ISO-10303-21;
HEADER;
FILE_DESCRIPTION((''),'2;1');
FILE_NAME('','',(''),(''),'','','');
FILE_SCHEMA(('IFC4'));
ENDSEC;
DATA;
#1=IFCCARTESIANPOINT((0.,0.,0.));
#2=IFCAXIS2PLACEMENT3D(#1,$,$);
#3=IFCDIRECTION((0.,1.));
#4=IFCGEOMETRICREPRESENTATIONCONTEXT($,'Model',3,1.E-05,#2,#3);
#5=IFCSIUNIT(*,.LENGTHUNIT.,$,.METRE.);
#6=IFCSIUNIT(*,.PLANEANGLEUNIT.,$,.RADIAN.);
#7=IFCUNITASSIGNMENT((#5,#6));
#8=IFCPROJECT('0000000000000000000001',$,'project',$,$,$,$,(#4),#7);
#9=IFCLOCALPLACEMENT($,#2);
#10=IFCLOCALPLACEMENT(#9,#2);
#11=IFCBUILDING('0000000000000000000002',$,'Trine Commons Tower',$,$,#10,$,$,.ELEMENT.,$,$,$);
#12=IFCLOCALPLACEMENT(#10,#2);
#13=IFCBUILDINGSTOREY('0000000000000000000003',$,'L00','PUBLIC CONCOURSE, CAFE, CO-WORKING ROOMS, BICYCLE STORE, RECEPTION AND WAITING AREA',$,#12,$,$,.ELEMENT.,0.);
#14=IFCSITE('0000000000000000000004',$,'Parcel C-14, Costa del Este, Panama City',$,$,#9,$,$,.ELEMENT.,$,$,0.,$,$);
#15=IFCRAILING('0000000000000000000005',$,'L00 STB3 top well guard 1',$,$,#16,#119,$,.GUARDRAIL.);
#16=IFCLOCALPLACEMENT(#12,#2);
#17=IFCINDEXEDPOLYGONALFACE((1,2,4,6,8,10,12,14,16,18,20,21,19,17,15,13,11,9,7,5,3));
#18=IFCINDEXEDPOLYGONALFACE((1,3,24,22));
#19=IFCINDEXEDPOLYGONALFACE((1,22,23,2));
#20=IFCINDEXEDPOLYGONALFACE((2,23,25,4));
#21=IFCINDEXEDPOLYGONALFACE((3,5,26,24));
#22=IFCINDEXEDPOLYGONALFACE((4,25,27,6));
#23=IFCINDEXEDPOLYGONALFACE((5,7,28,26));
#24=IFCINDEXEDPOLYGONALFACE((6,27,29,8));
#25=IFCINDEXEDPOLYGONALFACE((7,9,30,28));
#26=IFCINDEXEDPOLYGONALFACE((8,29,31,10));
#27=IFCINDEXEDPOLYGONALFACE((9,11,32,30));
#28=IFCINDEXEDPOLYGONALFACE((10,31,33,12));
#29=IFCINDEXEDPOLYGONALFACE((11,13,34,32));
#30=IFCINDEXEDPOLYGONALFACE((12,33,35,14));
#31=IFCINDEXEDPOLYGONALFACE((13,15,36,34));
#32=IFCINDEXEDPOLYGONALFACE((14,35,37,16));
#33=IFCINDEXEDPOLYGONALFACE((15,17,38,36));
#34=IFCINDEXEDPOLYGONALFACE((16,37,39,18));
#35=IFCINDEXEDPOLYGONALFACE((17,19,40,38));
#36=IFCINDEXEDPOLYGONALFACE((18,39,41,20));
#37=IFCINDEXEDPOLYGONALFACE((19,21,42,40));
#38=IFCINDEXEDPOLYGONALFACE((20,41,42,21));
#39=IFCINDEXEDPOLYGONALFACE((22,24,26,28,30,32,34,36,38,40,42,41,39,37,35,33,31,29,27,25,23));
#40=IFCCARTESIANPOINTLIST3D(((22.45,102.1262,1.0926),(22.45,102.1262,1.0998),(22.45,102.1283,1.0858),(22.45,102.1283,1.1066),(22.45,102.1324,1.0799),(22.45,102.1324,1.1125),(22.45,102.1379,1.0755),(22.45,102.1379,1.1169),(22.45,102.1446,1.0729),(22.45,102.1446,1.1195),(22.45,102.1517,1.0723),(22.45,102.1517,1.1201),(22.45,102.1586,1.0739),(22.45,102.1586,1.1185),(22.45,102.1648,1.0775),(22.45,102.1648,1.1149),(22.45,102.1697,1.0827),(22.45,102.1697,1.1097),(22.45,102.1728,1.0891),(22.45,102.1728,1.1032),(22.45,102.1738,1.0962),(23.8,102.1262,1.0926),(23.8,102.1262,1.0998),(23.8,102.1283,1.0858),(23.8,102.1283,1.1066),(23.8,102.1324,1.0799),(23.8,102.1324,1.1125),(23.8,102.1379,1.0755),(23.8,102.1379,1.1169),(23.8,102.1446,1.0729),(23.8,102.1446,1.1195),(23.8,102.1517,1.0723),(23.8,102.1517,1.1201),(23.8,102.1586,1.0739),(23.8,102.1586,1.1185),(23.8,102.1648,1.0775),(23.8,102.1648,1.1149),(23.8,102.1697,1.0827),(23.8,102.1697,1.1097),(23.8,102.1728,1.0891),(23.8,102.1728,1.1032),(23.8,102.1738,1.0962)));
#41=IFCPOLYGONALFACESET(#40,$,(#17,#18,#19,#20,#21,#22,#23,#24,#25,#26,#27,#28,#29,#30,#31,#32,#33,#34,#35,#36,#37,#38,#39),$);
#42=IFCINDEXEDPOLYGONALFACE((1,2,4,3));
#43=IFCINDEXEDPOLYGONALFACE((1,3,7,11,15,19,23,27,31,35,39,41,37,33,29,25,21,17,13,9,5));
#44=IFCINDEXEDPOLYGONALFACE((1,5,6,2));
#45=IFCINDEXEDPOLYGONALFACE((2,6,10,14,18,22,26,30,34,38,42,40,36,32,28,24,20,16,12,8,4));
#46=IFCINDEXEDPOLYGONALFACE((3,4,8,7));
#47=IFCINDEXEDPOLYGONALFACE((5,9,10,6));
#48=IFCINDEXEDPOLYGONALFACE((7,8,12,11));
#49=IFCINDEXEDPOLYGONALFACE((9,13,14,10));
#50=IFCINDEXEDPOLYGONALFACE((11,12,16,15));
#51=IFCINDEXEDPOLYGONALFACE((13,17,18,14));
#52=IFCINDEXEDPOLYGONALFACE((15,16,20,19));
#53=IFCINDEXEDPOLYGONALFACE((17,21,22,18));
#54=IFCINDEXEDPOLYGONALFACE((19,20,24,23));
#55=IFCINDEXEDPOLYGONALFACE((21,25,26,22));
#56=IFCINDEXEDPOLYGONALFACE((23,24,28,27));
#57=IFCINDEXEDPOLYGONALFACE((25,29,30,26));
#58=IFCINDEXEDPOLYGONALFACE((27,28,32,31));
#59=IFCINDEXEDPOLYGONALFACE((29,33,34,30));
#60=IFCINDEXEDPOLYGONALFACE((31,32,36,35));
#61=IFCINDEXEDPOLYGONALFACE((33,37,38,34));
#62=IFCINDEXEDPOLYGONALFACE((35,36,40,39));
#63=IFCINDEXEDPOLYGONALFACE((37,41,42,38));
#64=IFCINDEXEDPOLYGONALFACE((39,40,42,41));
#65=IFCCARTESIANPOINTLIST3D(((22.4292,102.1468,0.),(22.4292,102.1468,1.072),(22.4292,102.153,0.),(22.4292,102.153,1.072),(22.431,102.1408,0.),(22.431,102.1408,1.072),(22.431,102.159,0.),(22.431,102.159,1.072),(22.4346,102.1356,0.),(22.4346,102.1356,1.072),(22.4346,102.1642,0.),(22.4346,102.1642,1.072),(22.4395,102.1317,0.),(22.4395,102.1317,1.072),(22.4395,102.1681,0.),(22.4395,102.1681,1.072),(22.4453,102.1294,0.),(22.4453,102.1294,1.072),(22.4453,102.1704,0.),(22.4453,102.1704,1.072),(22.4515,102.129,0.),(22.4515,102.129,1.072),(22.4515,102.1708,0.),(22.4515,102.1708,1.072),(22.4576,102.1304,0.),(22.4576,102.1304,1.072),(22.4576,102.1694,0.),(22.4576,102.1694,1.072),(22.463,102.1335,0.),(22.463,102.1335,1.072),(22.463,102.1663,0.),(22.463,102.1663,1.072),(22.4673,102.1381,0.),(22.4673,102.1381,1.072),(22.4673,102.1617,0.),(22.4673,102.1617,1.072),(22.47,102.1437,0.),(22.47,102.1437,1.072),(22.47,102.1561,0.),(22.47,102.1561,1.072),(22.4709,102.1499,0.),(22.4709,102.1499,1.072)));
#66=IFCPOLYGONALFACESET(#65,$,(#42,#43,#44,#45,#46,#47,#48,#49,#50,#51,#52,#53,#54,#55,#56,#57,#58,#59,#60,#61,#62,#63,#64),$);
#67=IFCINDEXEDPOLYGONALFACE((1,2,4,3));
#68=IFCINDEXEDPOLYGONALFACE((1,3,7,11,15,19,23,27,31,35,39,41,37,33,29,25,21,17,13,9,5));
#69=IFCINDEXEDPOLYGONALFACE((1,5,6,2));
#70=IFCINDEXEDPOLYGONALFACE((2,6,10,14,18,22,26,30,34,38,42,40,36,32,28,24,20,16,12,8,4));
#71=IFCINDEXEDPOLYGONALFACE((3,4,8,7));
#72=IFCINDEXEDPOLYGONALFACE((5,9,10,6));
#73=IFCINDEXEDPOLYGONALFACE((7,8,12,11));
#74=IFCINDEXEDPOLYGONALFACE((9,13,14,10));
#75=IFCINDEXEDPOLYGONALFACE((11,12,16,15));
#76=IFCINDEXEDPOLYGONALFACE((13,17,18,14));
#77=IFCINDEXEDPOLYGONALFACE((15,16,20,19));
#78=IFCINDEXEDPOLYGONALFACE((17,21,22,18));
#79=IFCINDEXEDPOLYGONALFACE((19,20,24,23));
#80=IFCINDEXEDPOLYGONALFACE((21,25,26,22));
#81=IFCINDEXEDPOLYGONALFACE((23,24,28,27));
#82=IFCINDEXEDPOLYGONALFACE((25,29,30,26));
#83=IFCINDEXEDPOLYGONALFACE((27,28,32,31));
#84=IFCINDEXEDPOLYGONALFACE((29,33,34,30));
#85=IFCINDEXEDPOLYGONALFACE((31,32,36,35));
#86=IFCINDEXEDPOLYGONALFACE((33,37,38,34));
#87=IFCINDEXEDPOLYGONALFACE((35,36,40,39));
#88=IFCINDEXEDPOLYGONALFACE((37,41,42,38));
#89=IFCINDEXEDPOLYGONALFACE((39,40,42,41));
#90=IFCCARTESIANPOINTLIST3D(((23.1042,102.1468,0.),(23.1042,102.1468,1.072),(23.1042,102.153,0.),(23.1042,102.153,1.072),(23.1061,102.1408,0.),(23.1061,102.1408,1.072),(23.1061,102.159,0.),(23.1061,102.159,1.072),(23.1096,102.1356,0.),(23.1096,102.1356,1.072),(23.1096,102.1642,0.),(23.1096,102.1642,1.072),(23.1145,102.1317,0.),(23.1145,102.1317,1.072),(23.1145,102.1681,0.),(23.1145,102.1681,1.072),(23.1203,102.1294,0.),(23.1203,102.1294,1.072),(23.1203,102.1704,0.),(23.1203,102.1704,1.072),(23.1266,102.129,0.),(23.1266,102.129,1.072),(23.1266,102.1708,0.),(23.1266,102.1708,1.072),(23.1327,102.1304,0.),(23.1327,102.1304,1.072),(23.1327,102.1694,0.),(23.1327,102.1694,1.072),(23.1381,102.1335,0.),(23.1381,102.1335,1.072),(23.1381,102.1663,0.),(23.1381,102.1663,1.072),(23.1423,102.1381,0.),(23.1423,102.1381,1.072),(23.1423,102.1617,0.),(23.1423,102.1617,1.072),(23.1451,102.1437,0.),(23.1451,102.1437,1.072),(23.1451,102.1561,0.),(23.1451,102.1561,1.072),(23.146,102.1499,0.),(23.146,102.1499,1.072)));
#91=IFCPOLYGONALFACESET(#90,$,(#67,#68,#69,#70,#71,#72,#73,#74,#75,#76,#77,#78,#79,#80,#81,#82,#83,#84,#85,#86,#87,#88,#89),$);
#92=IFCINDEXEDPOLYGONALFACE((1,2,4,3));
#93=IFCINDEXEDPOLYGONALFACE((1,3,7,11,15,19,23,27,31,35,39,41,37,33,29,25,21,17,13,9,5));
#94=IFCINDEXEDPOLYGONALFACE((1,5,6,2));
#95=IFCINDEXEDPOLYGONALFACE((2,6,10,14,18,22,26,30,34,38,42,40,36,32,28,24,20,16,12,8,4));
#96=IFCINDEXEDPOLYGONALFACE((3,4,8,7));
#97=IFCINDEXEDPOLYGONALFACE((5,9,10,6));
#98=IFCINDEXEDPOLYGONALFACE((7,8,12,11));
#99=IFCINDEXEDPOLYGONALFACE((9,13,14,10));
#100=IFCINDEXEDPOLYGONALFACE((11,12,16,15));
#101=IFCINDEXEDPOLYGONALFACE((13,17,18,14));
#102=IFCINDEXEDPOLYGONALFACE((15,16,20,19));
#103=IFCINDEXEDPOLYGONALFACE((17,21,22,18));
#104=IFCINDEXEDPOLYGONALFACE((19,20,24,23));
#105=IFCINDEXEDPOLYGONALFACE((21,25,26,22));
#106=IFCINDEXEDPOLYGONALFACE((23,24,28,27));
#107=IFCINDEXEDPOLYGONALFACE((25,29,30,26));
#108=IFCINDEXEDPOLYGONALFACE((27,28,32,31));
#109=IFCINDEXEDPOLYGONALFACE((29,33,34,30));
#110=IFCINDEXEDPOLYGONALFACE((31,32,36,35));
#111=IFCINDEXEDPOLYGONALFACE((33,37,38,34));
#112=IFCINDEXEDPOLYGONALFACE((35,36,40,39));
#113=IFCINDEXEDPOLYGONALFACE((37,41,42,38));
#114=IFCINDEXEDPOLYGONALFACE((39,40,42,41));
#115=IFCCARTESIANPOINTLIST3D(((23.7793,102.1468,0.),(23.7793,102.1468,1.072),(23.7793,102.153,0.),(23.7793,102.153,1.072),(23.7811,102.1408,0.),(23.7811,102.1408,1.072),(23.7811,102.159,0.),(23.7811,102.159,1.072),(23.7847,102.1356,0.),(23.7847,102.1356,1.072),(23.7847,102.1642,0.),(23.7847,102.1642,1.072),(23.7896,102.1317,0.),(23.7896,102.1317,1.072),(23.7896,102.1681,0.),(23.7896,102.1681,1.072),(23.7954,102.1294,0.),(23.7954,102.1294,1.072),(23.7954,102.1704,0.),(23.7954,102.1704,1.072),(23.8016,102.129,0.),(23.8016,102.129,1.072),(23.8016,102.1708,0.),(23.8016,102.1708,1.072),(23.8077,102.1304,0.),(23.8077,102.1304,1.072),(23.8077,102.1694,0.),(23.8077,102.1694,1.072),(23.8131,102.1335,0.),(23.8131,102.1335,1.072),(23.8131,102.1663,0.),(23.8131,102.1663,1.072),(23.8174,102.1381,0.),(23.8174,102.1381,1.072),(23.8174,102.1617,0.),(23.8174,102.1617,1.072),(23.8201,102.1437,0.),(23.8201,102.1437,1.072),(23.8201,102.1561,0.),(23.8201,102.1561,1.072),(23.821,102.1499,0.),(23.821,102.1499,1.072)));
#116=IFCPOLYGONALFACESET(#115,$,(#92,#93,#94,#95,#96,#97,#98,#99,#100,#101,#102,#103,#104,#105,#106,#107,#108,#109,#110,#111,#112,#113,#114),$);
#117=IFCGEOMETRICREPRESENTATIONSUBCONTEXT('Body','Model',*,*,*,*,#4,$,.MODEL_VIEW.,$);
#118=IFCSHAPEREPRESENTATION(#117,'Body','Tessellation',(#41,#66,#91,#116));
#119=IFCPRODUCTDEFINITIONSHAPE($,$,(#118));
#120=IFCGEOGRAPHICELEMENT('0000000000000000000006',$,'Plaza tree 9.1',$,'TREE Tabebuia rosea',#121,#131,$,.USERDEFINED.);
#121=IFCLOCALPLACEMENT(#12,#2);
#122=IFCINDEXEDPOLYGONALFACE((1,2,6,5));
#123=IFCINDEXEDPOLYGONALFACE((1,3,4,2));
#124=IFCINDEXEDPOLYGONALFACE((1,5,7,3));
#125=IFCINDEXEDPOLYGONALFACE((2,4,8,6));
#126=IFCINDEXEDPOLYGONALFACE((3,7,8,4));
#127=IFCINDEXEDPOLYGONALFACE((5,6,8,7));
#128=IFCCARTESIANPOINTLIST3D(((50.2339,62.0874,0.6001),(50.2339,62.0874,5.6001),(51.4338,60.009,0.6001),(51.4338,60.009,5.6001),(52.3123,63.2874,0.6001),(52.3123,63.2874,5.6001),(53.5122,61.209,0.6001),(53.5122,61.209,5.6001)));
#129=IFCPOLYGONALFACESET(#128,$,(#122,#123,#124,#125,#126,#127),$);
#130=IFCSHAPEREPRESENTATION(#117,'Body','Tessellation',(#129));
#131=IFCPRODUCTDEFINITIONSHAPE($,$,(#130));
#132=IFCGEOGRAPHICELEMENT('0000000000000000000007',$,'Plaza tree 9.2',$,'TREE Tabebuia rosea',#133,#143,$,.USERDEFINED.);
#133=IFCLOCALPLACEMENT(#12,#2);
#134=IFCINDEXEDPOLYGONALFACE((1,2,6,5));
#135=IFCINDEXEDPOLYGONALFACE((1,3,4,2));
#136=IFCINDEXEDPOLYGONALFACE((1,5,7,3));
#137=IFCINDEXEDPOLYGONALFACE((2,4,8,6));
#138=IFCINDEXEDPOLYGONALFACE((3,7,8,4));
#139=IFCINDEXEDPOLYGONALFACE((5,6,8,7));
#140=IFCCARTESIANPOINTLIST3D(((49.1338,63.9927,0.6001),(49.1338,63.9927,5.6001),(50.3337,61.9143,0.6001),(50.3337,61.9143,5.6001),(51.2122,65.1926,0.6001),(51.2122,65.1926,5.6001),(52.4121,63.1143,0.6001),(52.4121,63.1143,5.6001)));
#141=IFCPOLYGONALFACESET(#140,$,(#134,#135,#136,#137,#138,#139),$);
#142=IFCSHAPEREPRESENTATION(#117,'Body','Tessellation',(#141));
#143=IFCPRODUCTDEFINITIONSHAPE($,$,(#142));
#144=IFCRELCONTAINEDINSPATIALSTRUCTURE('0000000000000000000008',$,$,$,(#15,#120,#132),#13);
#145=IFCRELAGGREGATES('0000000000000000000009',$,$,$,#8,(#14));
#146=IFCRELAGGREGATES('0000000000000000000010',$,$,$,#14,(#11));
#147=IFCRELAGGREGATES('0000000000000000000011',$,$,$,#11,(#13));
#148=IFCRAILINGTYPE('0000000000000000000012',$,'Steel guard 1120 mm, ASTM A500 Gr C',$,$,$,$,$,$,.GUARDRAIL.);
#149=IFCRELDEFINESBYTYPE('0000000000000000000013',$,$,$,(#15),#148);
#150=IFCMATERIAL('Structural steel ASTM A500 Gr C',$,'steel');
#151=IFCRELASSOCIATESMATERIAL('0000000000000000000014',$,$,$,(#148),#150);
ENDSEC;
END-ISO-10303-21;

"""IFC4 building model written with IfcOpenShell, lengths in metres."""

from ifc_helpers import new_model, si_unit, direction, frame, origin, origin_2d, place, context, subcontext, project, spatial, rectangle, circle, extrude, material, type_object, element, save


model = new_model("IFC4")

# Units and contexts
model_context = context("Model", 3, precision=1e-05, world=origin(), true_north=direction((0.0, 1.0)))
body_context = subcontext(model_context, "Body", "Model", "MODEL_VIEW")
ifc_project = project(units=[si_unit("LENGTHUNIT", "METRE"), si_unit("PLANEANGLEUNIT", "RADIAN")], contexts=[model_context])

# Site, building, storey
site_placement = place(None, origin())
site = spatial("IfcSite", under=ifc_project, at=site_placement, Name="Parcel C-14, Costa del Este, Panama City", CompositionType="ELEMENT", RefElevation=0.0)
building_placement = place(site_placement, origin())
building = spatial("IfcBuilding", under=site, at=building_placement, Name="Trine Commons Tower", CompositionType="ELEMENT")
storey_placement = place(building_placement, origin())
storey = spatial("IfcBuildingStorey", under=building, at=storey_placement, Name="L00", Description="PUBLIC CONCOURSE, CAFE, CO-WORKING ROOMS, BICYCLE STORE, RECEPTION AND WAITING AREA", CompositionType="ELEMENT", Elevation=0.0)

# Railing
ifc_material_1 = material(Name="Structural steel ASTM A500 Gr C", Category="steel")
railing_type = type_object("IfcRailingType", Name="Steel guard 1120 mm, ASTM A500 Gr C", PredefinedType="GUARDRAIL", material=ifc_material_1)
railing_1_placement = place(storey_placement, frame((22.45, 102.1499, 0.0)))
element("IfcRailing", 1, at=railing_1_placement, inside=storey, type_object=railing_type, Name="L00 STB3 top well guard 1", PredefinedType="GUARDRAIL", context=body_context, shape_type="SweptSolid", body=[
    extrude(circle(Radius=0.0239, at=origin_2d()), frame((0.0, 0.0, 1.0962), z_axis=(1.0, 0.0, 0.0), x_axis=(0.0, 1.0, 0.0)), (0.0, 0.0, 1.0), 1.3501),
    extrude(circle(Radius=0.021, at=origin_2d()), origin(), (0.0, 0.0, 1.0), 1.072),
    extrude(circle(Radius=0.021, at=origin_2d()), frame((0.675, 0.0, 0.0)), (0.0, 0.0, 1.0), 1.072),
    extrude(circle(Radius=0.021, at=origin_2d()), frame((1.3501, 0.0, 0.0)), (0.0, 0.0, 1.0), 1.072),
])

# Geographic elements
for number, where, z_axis, x_axis, name in (
    (2, (51.873, 61.6482, 0.6001), (0.0, 0.0, 1.0), (-0.5, 0.866025, 0.0), "Plaza tree 9.1"),
    (3, (50.7729, 63.5535, 0.6001), (0.0, 0.0, 1.0), (-0.5, 0.866025, 0.0), "Plaza tree 9.2"),
):
    element("IfcGeographicElement", number, at=place(storey_placement, frame(where, z_axis=z_axis, x_axis=x_axis)), inside=storey, Name=name, ObjectType="TREE Tabebuia rosea", PredefinedType="USERDEFINED", context=body_context, shape_type="SweptSolid", body=[
        extrude(rectangle(XDim=2.3999, YDim=2.3999, at=origin_2d()), origin(), (0.0, 0.0, 1.0), 5.0),
    ])

save(model, "model.ifc")
